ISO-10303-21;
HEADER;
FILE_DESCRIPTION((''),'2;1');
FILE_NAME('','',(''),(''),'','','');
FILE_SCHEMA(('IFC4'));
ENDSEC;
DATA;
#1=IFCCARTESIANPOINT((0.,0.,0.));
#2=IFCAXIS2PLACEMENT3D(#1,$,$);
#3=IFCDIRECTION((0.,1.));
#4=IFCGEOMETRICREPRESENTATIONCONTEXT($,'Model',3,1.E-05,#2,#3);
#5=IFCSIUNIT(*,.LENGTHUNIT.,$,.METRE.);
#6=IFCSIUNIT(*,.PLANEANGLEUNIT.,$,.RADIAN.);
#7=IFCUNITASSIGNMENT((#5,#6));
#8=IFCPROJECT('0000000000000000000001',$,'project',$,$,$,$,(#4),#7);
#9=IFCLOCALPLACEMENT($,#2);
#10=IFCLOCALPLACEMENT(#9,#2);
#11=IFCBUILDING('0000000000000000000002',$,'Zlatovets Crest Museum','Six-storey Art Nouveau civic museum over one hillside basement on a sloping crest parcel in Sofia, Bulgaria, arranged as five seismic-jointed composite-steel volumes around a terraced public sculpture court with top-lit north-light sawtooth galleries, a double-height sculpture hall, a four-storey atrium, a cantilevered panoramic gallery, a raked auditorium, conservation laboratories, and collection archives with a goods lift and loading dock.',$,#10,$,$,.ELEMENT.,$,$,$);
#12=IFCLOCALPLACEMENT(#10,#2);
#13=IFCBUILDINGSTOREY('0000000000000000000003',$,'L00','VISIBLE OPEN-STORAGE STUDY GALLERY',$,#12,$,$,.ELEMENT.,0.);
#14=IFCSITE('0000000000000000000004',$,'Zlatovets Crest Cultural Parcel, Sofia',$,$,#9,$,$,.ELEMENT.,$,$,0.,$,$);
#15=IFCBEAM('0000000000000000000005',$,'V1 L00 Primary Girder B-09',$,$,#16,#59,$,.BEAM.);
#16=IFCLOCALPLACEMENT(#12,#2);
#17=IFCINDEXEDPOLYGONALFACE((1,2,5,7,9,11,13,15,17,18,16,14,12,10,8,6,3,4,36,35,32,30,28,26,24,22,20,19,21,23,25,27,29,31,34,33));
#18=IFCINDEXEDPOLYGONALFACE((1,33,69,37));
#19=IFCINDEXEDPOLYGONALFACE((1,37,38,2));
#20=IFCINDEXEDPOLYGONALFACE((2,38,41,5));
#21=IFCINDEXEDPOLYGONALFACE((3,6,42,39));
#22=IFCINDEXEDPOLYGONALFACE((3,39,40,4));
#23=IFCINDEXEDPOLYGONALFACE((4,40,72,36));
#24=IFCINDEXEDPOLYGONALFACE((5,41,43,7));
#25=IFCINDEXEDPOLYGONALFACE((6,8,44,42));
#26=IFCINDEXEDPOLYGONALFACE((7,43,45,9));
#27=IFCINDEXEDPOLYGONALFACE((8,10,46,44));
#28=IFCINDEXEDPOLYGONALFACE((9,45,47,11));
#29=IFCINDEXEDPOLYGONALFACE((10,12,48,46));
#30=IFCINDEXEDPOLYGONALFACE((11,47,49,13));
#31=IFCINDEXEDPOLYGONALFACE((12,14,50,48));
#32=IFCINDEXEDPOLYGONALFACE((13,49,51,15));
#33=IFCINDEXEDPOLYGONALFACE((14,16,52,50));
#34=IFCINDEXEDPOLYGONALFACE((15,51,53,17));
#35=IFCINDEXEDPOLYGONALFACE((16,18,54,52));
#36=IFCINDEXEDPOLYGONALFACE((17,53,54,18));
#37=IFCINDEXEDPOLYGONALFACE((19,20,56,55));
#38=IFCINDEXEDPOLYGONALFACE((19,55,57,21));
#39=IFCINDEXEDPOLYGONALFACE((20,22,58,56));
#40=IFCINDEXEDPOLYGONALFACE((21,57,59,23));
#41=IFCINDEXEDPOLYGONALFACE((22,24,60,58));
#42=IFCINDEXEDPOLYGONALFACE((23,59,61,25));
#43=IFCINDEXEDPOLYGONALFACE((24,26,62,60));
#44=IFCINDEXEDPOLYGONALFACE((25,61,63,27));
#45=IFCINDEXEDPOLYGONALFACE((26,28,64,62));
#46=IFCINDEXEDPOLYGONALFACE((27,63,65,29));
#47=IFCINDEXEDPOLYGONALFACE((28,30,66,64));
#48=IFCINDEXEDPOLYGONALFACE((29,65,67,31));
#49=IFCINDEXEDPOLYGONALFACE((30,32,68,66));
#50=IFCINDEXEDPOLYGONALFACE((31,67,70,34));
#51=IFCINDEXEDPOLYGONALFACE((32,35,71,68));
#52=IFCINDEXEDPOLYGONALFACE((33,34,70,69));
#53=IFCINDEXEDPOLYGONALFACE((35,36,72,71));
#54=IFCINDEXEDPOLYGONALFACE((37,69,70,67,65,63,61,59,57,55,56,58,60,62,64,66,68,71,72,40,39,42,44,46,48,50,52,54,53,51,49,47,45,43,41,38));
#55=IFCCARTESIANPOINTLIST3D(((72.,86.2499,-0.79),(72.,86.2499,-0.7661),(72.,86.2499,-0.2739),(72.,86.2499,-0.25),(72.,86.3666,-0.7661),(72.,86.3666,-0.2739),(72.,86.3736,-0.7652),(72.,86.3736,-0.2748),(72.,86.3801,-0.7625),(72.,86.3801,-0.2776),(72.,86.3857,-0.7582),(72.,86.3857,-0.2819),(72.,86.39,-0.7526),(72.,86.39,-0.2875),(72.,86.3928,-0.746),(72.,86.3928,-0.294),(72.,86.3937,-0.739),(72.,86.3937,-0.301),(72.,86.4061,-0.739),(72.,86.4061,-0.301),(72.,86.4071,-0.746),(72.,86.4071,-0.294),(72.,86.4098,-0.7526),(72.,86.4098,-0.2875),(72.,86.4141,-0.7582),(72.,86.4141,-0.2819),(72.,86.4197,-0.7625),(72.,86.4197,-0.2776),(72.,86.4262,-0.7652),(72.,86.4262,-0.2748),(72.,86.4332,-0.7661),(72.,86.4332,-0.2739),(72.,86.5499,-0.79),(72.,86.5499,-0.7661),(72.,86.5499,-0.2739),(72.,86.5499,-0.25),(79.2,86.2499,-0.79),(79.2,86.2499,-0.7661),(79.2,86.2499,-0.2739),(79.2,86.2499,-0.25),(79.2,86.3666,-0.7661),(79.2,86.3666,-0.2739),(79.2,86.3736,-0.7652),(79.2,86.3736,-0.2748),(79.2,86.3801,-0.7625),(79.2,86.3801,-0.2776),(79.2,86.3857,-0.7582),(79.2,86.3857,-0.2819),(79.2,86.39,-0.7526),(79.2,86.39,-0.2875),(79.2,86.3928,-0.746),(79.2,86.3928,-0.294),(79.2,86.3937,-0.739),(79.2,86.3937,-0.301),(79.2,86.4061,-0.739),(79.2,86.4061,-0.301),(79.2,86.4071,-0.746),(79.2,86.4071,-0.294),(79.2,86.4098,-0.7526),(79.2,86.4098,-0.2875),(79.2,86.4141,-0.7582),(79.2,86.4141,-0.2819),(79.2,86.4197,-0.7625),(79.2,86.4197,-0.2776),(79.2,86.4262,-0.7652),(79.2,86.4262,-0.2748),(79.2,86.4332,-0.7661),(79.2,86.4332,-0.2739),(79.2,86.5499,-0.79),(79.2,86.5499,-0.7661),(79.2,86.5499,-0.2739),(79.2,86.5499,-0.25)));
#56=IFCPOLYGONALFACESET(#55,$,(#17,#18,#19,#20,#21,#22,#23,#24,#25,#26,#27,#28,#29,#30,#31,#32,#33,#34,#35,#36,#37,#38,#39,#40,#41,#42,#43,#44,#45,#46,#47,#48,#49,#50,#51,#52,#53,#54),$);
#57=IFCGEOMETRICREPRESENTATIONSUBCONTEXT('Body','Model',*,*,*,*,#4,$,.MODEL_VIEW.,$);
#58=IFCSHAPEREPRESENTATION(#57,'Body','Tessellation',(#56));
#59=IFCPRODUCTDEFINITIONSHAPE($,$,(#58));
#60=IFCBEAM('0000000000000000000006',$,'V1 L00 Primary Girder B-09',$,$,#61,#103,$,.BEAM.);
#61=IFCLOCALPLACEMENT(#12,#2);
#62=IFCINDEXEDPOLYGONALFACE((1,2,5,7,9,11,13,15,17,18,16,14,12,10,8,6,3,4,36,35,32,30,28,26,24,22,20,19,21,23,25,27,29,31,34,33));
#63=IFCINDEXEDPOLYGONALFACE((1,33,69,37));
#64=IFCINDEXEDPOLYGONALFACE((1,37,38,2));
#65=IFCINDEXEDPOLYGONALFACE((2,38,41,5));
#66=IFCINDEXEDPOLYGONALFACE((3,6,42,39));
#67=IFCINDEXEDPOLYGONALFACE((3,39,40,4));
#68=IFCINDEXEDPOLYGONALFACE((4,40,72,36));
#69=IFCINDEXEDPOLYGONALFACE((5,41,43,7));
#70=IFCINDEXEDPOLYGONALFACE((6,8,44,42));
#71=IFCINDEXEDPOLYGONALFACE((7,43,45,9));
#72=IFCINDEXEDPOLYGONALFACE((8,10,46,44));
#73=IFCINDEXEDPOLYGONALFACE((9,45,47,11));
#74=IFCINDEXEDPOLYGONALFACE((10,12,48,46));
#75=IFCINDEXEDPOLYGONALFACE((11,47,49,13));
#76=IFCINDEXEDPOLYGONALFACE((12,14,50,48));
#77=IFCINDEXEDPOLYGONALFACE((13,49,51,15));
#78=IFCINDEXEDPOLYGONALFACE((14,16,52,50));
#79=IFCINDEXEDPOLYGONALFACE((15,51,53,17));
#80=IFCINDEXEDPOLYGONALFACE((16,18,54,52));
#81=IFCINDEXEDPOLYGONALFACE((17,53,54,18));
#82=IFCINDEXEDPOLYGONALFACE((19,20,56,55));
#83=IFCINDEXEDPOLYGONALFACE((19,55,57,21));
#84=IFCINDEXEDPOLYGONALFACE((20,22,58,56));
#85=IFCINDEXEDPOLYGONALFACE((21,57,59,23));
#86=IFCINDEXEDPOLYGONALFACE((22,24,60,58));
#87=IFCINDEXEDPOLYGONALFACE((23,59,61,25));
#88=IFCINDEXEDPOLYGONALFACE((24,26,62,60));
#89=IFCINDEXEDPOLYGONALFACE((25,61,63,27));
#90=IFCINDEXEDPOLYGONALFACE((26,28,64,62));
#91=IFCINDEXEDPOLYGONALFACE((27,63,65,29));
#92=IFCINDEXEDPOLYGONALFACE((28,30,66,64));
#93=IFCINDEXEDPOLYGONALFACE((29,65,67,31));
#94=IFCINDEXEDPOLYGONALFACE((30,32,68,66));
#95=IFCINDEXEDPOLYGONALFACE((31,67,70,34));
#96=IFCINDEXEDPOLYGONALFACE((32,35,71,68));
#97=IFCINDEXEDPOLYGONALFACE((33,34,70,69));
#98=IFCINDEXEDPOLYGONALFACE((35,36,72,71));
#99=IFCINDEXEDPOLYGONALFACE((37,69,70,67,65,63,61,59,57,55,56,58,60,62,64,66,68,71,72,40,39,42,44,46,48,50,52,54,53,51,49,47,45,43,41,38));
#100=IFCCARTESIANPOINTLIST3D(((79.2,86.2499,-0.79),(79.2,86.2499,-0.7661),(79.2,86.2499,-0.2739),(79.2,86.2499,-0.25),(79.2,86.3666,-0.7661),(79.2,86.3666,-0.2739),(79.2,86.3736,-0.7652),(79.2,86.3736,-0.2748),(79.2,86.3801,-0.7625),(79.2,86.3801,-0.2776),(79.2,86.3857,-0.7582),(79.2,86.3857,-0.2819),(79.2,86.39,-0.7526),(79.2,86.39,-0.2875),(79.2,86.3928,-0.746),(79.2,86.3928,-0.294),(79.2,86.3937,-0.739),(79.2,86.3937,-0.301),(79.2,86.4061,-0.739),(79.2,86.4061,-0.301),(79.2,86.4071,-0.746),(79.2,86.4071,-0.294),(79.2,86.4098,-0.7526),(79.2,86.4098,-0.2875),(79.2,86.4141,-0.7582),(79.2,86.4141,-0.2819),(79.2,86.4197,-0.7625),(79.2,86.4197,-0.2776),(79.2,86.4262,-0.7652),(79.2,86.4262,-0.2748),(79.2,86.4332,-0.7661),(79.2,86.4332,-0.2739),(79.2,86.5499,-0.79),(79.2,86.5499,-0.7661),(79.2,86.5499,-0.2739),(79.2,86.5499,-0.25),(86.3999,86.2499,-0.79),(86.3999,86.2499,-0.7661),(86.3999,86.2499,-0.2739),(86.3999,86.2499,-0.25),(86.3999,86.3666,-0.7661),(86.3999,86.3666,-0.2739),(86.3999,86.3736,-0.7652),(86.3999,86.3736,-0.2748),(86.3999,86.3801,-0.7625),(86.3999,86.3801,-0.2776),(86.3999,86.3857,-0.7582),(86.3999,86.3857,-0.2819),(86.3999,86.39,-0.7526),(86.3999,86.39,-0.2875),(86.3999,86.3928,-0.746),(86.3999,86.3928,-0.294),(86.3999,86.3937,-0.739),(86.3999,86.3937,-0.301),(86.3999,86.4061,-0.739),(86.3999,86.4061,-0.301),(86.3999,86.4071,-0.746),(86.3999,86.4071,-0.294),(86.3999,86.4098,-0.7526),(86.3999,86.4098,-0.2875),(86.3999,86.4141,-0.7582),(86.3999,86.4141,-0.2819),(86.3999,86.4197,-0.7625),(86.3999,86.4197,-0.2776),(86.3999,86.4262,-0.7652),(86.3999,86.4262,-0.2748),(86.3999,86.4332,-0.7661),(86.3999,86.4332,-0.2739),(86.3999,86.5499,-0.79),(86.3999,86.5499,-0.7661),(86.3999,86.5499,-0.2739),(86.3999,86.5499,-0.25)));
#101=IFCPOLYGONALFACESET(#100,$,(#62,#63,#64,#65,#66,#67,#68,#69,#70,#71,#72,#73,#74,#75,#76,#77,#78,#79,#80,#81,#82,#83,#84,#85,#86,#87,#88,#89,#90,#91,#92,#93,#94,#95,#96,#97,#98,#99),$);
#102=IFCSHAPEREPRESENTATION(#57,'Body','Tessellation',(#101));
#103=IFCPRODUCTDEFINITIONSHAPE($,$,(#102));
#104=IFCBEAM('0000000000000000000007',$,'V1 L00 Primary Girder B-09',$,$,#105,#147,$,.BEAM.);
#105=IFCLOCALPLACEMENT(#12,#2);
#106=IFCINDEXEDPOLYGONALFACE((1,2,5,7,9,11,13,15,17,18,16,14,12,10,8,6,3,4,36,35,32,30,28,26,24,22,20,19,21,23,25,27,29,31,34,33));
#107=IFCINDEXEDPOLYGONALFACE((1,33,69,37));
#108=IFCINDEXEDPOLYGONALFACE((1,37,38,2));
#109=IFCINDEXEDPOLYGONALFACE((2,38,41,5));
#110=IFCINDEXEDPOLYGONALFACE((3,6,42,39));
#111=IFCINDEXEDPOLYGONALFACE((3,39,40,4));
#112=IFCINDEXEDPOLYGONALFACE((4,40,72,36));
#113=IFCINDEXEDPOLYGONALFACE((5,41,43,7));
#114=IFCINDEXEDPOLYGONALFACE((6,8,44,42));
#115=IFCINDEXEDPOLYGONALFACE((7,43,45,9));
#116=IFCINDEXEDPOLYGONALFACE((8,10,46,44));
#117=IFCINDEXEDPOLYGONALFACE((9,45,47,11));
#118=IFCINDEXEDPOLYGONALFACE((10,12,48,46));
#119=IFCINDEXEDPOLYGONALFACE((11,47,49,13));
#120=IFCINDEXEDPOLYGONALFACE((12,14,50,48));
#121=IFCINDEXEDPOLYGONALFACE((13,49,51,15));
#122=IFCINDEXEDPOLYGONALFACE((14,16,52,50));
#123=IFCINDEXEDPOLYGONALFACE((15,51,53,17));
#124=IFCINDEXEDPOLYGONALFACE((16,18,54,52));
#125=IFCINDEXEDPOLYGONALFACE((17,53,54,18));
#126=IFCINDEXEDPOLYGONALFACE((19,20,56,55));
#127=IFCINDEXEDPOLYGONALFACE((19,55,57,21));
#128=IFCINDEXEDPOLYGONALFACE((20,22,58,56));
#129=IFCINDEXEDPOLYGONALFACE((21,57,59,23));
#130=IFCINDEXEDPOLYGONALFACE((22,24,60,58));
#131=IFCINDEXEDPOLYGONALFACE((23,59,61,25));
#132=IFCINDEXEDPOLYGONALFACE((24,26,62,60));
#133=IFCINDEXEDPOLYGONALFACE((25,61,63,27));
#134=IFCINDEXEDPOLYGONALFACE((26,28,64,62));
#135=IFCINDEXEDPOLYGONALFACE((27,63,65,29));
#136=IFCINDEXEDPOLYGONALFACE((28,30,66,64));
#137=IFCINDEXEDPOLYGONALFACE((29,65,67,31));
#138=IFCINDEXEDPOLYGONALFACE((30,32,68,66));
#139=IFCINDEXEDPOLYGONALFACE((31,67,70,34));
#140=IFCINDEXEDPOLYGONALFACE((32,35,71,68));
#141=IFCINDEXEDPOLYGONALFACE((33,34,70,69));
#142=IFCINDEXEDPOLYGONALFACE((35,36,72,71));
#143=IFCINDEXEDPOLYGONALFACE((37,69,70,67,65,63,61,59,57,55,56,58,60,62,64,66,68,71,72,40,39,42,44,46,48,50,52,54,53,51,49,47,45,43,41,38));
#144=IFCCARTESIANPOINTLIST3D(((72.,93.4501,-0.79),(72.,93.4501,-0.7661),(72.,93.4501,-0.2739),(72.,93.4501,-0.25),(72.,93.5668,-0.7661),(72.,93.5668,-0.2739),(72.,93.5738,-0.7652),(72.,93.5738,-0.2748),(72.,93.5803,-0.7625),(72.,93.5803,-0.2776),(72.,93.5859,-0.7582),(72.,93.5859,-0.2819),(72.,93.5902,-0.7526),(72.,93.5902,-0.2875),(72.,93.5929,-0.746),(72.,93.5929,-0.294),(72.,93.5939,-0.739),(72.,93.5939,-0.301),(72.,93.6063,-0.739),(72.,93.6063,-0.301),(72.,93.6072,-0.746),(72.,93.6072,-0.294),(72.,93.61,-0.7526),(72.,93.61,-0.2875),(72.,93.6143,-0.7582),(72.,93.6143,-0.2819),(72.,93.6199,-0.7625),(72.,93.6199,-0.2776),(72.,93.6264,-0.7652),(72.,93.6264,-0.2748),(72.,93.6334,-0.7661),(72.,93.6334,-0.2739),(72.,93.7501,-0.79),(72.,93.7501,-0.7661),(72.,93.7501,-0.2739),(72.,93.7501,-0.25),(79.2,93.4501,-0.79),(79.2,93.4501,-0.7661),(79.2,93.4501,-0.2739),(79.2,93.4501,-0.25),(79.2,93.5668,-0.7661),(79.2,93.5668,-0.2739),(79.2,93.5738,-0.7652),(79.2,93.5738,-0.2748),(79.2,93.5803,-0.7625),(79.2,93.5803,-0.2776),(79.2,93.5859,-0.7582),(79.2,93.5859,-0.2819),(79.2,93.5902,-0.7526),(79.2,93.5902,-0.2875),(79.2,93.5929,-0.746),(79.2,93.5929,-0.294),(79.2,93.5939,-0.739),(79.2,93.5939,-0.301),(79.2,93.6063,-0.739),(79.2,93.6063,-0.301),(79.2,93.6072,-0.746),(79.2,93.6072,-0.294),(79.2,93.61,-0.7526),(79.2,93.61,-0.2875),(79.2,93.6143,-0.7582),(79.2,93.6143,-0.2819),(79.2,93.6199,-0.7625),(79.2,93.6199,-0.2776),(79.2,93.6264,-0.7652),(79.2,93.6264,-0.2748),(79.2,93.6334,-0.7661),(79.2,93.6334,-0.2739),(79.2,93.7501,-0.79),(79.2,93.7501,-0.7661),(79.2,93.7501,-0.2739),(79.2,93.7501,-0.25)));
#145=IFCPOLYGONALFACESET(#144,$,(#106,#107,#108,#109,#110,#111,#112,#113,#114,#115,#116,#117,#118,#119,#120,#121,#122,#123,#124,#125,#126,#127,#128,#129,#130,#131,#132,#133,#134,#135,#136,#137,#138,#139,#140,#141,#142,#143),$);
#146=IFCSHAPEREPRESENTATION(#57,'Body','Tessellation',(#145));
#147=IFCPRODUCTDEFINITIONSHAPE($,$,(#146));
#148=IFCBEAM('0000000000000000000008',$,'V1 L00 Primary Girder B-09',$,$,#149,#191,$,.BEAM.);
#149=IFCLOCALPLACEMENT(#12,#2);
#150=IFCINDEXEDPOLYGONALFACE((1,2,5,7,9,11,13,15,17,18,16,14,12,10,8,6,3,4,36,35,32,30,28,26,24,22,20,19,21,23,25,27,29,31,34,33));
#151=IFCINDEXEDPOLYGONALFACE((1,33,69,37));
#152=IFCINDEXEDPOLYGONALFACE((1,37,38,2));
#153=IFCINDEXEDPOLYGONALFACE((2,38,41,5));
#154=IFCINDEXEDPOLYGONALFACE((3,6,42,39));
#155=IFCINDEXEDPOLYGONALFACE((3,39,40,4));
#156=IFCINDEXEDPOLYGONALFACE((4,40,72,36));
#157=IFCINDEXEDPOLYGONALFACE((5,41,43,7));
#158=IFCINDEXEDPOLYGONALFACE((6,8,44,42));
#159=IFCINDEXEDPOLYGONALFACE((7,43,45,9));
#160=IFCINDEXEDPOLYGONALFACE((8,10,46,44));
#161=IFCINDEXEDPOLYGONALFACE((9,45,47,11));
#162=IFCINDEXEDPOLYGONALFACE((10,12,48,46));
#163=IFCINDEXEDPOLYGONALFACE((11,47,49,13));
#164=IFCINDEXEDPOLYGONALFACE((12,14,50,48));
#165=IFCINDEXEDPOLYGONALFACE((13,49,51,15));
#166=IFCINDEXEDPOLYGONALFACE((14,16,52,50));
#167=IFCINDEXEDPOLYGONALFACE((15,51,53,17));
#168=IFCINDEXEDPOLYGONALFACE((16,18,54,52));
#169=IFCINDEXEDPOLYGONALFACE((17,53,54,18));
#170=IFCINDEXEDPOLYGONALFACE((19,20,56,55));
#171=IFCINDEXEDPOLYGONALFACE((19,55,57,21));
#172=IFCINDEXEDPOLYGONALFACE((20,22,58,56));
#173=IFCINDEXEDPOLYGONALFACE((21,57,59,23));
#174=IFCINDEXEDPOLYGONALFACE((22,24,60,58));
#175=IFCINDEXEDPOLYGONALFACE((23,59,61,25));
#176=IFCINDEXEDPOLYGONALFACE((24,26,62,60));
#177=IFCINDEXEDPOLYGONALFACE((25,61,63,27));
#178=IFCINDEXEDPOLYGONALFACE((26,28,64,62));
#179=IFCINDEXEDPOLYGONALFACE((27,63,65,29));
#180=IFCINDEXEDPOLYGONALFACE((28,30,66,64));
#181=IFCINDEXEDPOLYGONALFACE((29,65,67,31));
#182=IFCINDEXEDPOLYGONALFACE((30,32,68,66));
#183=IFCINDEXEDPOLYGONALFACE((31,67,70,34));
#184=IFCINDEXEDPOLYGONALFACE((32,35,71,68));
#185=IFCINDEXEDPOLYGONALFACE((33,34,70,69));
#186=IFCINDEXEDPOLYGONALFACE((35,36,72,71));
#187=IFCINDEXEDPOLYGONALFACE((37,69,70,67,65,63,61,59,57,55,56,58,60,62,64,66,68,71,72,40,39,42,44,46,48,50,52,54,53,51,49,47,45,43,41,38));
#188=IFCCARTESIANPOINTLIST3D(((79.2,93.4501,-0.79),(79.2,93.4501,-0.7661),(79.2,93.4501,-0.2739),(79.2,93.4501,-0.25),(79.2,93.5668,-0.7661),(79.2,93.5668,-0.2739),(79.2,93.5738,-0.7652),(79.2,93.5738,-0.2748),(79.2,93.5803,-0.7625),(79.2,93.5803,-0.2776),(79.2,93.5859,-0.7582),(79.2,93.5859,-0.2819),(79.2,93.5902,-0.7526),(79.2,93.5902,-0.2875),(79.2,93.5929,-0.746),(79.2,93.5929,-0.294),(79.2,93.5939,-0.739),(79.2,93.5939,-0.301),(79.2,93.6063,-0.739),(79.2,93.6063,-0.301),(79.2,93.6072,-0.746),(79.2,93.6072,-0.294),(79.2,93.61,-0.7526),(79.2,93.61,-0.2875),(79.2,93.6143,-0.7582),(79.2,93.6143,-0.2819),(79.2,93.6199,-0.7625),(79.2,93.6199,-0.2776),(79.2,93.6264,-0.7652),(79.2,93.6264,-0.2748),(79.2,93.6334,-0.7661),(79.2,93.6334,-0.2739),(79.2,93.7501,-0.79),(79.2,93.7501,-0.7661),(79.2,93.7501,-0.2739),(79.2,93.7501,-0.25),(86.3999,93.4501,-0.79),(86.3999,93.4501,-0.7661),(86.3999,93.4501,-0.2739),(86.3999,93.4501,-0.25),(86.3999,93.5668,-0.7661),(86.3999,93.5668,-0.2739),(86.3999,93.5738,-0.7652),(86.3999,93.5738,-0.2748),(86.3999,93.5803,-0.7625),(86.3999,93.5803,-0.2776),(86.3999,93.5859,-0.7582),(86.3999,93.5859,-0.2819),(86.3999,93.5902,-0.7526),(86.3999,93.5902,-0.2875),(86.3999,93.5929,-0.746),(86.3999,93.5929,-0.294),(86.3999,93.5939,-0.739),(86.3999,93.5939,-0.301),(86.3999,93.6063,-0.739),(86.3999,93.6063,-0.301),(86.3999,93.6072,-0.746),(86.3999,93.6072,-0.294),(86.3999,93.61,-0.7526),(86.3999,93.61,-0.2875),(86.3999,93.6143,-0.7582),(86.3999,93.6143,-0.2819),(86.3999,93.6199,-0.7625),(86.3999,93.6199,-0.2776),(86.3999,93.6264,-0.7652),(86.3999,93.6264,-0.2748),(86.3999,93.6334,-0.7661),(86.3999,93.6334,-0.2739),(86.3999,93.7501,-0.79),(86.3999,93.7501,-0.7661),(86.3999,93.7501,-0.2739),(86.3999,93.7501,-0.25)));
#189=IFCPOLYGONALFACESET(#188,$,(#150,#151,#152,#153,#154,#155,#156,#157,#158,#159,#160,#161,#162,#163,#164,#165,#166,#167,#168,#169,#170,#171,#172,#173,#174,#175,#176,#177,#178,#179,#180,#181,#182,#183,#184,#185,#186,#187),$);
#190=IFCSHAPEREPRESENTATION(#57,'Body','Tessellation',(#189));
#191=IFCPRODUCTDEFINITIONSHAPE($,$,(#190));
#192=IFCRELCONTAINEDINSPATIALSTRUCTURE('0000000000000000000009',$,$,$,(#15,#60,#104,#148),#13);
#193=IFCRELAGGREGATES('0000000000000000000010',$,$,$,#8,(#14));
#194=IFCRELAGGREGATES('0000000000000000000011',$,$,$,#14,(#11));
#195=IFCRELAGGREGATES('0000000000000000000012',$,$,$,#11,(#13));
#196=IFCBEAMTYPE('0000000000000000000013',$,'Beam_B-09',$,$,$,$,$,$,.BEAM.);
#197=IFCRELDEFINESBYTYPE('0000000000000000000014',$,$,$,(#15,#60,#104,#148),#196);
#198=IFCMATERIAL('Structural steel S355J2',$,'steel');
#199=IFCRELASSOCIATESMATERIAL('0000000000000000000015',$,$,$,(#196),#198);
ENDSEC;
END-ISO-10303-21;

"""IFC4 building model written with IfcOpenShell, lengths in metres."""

from ifc_helpers import new_model, si_unit, direction, frame, origin, origin_2d, place, context, subcontext, project, spatial, i_section, extrude, material, material_profile, profile_set, type_object, element, save


model = new_model("IFC4")

# Units and contexts
model_context = context("Model", 3, precision=1e-05, world=origin(), true_north=direction((0.0, 1.0)))
body_context = subcontext(model_context, "Body", "Model", "MODEL_VIEW")
ifc_project = project(units=[si_unit("LENGTHUNIT", "METRE"), si_unit("PLANEANGLEUNIT", "RADIAN")], contexts=[model_context])

# Site, building, storey
site_placement = place(None, origin())
site = spatial("IfcSite", under=ifc_project, at=site_placement, Name="Zlatovets Crest Cultural Parcel, Sofia", CompositionType="ELEMENT", RefElevation=0.0)
building_placement = place(site_placement, origin())
building = spatial("IfcBuilding", under=site, at=building_placement, Name="Zlatovets Crest Museum", Description="Six-storey Art Nouveau civic museum over one hillside basement on a sloping crest parcel in Sofia, Bulgaria, arranged as five seismic-jointed composite-steel volumes around a terraced public sculpture court with top-lit north-light sawtooth galleries, a double-height sculpture hall, a four-storey atrium, a cantilevered panoramic gallery, a raked auditorium, conservation laboratories, and collection archives with a goods lift and loading dock.", CompositionType="ELEMENT")
storey_placement = place(building_placement, origin())
storey = spatial("IfcBuildingStorey", under=building, at=storey_placement, Name="L00", Description="VISIBLE OPEN-STORAGE STUDY GALLERY", CompositionType="ELEMENT", Elevation=0.0)

# Shared definitions
ifc_material_1 = material(Name="Structural steel S355J2", Category="steel")

# Beams
ifc_material_profile_1 = material_profile(ifc_material_1, i_section(OverallWidth=0.3, OverallDepth=0.54, WebThickness=0.0125, FlangeThickness=0.0239, FilletRadius=0.0271, at=origin_2d()), Name="HEA 550")
ifc_profile_set_1 = profile_set([ifc_material_profile_1], Name="Structural steel S355J2")
beam_type_1 = type_object("IfcBeamType", Name="Beam_B-09", PredefinedType="BEAM", material=ifc_profile_set_1)
for number, where, z_axis, x_axis, name in (
    (1, (72.0, 86.3999, -0.52), (1.0, 0.0, 0.0), (0.0, 1.0, 0.0), "V1 L00 Primary Girder B-09"),
    (2, (79.2, 86.3999, -0.52), (1.0, 0.0, 0.0), (0.0, 1.0, 0.0), "V1 L00 Primary Girder B-09"),
    (3, (72.0, 93.6001, -0.52), (1.0, 0.0, 0.0), (0.0, 1.0, 0.0), "V1 L00 Primary Girder B-09"),
    (4, (79.2, 93.6001, -0.52), (1.0, 0.0, 0.0), (0.0, 1.0, 0.0), "V1 L00 Primary Girder B-09"),
):
    element("IfcBeam", number, at=place(storey_placement, frame(where, z_axis=z_axis, x_axis=x_axis)), inside=storey, type_object=beam_type_1, Name=name, PredefinedType="BEAM", context=body_context, shape_type="SweptSolid", body=[
        extrude(i_section(OverallWidth=0.3, OverallDepth=0.54, WebThickness=0.0125, FlangeThickness=0.0239, FilletRadius=0.0271, at=origin_2d()), origin(), (0.0, 0.0, 1.0), 7.2),
    ])

save(model, "model.ifc")
